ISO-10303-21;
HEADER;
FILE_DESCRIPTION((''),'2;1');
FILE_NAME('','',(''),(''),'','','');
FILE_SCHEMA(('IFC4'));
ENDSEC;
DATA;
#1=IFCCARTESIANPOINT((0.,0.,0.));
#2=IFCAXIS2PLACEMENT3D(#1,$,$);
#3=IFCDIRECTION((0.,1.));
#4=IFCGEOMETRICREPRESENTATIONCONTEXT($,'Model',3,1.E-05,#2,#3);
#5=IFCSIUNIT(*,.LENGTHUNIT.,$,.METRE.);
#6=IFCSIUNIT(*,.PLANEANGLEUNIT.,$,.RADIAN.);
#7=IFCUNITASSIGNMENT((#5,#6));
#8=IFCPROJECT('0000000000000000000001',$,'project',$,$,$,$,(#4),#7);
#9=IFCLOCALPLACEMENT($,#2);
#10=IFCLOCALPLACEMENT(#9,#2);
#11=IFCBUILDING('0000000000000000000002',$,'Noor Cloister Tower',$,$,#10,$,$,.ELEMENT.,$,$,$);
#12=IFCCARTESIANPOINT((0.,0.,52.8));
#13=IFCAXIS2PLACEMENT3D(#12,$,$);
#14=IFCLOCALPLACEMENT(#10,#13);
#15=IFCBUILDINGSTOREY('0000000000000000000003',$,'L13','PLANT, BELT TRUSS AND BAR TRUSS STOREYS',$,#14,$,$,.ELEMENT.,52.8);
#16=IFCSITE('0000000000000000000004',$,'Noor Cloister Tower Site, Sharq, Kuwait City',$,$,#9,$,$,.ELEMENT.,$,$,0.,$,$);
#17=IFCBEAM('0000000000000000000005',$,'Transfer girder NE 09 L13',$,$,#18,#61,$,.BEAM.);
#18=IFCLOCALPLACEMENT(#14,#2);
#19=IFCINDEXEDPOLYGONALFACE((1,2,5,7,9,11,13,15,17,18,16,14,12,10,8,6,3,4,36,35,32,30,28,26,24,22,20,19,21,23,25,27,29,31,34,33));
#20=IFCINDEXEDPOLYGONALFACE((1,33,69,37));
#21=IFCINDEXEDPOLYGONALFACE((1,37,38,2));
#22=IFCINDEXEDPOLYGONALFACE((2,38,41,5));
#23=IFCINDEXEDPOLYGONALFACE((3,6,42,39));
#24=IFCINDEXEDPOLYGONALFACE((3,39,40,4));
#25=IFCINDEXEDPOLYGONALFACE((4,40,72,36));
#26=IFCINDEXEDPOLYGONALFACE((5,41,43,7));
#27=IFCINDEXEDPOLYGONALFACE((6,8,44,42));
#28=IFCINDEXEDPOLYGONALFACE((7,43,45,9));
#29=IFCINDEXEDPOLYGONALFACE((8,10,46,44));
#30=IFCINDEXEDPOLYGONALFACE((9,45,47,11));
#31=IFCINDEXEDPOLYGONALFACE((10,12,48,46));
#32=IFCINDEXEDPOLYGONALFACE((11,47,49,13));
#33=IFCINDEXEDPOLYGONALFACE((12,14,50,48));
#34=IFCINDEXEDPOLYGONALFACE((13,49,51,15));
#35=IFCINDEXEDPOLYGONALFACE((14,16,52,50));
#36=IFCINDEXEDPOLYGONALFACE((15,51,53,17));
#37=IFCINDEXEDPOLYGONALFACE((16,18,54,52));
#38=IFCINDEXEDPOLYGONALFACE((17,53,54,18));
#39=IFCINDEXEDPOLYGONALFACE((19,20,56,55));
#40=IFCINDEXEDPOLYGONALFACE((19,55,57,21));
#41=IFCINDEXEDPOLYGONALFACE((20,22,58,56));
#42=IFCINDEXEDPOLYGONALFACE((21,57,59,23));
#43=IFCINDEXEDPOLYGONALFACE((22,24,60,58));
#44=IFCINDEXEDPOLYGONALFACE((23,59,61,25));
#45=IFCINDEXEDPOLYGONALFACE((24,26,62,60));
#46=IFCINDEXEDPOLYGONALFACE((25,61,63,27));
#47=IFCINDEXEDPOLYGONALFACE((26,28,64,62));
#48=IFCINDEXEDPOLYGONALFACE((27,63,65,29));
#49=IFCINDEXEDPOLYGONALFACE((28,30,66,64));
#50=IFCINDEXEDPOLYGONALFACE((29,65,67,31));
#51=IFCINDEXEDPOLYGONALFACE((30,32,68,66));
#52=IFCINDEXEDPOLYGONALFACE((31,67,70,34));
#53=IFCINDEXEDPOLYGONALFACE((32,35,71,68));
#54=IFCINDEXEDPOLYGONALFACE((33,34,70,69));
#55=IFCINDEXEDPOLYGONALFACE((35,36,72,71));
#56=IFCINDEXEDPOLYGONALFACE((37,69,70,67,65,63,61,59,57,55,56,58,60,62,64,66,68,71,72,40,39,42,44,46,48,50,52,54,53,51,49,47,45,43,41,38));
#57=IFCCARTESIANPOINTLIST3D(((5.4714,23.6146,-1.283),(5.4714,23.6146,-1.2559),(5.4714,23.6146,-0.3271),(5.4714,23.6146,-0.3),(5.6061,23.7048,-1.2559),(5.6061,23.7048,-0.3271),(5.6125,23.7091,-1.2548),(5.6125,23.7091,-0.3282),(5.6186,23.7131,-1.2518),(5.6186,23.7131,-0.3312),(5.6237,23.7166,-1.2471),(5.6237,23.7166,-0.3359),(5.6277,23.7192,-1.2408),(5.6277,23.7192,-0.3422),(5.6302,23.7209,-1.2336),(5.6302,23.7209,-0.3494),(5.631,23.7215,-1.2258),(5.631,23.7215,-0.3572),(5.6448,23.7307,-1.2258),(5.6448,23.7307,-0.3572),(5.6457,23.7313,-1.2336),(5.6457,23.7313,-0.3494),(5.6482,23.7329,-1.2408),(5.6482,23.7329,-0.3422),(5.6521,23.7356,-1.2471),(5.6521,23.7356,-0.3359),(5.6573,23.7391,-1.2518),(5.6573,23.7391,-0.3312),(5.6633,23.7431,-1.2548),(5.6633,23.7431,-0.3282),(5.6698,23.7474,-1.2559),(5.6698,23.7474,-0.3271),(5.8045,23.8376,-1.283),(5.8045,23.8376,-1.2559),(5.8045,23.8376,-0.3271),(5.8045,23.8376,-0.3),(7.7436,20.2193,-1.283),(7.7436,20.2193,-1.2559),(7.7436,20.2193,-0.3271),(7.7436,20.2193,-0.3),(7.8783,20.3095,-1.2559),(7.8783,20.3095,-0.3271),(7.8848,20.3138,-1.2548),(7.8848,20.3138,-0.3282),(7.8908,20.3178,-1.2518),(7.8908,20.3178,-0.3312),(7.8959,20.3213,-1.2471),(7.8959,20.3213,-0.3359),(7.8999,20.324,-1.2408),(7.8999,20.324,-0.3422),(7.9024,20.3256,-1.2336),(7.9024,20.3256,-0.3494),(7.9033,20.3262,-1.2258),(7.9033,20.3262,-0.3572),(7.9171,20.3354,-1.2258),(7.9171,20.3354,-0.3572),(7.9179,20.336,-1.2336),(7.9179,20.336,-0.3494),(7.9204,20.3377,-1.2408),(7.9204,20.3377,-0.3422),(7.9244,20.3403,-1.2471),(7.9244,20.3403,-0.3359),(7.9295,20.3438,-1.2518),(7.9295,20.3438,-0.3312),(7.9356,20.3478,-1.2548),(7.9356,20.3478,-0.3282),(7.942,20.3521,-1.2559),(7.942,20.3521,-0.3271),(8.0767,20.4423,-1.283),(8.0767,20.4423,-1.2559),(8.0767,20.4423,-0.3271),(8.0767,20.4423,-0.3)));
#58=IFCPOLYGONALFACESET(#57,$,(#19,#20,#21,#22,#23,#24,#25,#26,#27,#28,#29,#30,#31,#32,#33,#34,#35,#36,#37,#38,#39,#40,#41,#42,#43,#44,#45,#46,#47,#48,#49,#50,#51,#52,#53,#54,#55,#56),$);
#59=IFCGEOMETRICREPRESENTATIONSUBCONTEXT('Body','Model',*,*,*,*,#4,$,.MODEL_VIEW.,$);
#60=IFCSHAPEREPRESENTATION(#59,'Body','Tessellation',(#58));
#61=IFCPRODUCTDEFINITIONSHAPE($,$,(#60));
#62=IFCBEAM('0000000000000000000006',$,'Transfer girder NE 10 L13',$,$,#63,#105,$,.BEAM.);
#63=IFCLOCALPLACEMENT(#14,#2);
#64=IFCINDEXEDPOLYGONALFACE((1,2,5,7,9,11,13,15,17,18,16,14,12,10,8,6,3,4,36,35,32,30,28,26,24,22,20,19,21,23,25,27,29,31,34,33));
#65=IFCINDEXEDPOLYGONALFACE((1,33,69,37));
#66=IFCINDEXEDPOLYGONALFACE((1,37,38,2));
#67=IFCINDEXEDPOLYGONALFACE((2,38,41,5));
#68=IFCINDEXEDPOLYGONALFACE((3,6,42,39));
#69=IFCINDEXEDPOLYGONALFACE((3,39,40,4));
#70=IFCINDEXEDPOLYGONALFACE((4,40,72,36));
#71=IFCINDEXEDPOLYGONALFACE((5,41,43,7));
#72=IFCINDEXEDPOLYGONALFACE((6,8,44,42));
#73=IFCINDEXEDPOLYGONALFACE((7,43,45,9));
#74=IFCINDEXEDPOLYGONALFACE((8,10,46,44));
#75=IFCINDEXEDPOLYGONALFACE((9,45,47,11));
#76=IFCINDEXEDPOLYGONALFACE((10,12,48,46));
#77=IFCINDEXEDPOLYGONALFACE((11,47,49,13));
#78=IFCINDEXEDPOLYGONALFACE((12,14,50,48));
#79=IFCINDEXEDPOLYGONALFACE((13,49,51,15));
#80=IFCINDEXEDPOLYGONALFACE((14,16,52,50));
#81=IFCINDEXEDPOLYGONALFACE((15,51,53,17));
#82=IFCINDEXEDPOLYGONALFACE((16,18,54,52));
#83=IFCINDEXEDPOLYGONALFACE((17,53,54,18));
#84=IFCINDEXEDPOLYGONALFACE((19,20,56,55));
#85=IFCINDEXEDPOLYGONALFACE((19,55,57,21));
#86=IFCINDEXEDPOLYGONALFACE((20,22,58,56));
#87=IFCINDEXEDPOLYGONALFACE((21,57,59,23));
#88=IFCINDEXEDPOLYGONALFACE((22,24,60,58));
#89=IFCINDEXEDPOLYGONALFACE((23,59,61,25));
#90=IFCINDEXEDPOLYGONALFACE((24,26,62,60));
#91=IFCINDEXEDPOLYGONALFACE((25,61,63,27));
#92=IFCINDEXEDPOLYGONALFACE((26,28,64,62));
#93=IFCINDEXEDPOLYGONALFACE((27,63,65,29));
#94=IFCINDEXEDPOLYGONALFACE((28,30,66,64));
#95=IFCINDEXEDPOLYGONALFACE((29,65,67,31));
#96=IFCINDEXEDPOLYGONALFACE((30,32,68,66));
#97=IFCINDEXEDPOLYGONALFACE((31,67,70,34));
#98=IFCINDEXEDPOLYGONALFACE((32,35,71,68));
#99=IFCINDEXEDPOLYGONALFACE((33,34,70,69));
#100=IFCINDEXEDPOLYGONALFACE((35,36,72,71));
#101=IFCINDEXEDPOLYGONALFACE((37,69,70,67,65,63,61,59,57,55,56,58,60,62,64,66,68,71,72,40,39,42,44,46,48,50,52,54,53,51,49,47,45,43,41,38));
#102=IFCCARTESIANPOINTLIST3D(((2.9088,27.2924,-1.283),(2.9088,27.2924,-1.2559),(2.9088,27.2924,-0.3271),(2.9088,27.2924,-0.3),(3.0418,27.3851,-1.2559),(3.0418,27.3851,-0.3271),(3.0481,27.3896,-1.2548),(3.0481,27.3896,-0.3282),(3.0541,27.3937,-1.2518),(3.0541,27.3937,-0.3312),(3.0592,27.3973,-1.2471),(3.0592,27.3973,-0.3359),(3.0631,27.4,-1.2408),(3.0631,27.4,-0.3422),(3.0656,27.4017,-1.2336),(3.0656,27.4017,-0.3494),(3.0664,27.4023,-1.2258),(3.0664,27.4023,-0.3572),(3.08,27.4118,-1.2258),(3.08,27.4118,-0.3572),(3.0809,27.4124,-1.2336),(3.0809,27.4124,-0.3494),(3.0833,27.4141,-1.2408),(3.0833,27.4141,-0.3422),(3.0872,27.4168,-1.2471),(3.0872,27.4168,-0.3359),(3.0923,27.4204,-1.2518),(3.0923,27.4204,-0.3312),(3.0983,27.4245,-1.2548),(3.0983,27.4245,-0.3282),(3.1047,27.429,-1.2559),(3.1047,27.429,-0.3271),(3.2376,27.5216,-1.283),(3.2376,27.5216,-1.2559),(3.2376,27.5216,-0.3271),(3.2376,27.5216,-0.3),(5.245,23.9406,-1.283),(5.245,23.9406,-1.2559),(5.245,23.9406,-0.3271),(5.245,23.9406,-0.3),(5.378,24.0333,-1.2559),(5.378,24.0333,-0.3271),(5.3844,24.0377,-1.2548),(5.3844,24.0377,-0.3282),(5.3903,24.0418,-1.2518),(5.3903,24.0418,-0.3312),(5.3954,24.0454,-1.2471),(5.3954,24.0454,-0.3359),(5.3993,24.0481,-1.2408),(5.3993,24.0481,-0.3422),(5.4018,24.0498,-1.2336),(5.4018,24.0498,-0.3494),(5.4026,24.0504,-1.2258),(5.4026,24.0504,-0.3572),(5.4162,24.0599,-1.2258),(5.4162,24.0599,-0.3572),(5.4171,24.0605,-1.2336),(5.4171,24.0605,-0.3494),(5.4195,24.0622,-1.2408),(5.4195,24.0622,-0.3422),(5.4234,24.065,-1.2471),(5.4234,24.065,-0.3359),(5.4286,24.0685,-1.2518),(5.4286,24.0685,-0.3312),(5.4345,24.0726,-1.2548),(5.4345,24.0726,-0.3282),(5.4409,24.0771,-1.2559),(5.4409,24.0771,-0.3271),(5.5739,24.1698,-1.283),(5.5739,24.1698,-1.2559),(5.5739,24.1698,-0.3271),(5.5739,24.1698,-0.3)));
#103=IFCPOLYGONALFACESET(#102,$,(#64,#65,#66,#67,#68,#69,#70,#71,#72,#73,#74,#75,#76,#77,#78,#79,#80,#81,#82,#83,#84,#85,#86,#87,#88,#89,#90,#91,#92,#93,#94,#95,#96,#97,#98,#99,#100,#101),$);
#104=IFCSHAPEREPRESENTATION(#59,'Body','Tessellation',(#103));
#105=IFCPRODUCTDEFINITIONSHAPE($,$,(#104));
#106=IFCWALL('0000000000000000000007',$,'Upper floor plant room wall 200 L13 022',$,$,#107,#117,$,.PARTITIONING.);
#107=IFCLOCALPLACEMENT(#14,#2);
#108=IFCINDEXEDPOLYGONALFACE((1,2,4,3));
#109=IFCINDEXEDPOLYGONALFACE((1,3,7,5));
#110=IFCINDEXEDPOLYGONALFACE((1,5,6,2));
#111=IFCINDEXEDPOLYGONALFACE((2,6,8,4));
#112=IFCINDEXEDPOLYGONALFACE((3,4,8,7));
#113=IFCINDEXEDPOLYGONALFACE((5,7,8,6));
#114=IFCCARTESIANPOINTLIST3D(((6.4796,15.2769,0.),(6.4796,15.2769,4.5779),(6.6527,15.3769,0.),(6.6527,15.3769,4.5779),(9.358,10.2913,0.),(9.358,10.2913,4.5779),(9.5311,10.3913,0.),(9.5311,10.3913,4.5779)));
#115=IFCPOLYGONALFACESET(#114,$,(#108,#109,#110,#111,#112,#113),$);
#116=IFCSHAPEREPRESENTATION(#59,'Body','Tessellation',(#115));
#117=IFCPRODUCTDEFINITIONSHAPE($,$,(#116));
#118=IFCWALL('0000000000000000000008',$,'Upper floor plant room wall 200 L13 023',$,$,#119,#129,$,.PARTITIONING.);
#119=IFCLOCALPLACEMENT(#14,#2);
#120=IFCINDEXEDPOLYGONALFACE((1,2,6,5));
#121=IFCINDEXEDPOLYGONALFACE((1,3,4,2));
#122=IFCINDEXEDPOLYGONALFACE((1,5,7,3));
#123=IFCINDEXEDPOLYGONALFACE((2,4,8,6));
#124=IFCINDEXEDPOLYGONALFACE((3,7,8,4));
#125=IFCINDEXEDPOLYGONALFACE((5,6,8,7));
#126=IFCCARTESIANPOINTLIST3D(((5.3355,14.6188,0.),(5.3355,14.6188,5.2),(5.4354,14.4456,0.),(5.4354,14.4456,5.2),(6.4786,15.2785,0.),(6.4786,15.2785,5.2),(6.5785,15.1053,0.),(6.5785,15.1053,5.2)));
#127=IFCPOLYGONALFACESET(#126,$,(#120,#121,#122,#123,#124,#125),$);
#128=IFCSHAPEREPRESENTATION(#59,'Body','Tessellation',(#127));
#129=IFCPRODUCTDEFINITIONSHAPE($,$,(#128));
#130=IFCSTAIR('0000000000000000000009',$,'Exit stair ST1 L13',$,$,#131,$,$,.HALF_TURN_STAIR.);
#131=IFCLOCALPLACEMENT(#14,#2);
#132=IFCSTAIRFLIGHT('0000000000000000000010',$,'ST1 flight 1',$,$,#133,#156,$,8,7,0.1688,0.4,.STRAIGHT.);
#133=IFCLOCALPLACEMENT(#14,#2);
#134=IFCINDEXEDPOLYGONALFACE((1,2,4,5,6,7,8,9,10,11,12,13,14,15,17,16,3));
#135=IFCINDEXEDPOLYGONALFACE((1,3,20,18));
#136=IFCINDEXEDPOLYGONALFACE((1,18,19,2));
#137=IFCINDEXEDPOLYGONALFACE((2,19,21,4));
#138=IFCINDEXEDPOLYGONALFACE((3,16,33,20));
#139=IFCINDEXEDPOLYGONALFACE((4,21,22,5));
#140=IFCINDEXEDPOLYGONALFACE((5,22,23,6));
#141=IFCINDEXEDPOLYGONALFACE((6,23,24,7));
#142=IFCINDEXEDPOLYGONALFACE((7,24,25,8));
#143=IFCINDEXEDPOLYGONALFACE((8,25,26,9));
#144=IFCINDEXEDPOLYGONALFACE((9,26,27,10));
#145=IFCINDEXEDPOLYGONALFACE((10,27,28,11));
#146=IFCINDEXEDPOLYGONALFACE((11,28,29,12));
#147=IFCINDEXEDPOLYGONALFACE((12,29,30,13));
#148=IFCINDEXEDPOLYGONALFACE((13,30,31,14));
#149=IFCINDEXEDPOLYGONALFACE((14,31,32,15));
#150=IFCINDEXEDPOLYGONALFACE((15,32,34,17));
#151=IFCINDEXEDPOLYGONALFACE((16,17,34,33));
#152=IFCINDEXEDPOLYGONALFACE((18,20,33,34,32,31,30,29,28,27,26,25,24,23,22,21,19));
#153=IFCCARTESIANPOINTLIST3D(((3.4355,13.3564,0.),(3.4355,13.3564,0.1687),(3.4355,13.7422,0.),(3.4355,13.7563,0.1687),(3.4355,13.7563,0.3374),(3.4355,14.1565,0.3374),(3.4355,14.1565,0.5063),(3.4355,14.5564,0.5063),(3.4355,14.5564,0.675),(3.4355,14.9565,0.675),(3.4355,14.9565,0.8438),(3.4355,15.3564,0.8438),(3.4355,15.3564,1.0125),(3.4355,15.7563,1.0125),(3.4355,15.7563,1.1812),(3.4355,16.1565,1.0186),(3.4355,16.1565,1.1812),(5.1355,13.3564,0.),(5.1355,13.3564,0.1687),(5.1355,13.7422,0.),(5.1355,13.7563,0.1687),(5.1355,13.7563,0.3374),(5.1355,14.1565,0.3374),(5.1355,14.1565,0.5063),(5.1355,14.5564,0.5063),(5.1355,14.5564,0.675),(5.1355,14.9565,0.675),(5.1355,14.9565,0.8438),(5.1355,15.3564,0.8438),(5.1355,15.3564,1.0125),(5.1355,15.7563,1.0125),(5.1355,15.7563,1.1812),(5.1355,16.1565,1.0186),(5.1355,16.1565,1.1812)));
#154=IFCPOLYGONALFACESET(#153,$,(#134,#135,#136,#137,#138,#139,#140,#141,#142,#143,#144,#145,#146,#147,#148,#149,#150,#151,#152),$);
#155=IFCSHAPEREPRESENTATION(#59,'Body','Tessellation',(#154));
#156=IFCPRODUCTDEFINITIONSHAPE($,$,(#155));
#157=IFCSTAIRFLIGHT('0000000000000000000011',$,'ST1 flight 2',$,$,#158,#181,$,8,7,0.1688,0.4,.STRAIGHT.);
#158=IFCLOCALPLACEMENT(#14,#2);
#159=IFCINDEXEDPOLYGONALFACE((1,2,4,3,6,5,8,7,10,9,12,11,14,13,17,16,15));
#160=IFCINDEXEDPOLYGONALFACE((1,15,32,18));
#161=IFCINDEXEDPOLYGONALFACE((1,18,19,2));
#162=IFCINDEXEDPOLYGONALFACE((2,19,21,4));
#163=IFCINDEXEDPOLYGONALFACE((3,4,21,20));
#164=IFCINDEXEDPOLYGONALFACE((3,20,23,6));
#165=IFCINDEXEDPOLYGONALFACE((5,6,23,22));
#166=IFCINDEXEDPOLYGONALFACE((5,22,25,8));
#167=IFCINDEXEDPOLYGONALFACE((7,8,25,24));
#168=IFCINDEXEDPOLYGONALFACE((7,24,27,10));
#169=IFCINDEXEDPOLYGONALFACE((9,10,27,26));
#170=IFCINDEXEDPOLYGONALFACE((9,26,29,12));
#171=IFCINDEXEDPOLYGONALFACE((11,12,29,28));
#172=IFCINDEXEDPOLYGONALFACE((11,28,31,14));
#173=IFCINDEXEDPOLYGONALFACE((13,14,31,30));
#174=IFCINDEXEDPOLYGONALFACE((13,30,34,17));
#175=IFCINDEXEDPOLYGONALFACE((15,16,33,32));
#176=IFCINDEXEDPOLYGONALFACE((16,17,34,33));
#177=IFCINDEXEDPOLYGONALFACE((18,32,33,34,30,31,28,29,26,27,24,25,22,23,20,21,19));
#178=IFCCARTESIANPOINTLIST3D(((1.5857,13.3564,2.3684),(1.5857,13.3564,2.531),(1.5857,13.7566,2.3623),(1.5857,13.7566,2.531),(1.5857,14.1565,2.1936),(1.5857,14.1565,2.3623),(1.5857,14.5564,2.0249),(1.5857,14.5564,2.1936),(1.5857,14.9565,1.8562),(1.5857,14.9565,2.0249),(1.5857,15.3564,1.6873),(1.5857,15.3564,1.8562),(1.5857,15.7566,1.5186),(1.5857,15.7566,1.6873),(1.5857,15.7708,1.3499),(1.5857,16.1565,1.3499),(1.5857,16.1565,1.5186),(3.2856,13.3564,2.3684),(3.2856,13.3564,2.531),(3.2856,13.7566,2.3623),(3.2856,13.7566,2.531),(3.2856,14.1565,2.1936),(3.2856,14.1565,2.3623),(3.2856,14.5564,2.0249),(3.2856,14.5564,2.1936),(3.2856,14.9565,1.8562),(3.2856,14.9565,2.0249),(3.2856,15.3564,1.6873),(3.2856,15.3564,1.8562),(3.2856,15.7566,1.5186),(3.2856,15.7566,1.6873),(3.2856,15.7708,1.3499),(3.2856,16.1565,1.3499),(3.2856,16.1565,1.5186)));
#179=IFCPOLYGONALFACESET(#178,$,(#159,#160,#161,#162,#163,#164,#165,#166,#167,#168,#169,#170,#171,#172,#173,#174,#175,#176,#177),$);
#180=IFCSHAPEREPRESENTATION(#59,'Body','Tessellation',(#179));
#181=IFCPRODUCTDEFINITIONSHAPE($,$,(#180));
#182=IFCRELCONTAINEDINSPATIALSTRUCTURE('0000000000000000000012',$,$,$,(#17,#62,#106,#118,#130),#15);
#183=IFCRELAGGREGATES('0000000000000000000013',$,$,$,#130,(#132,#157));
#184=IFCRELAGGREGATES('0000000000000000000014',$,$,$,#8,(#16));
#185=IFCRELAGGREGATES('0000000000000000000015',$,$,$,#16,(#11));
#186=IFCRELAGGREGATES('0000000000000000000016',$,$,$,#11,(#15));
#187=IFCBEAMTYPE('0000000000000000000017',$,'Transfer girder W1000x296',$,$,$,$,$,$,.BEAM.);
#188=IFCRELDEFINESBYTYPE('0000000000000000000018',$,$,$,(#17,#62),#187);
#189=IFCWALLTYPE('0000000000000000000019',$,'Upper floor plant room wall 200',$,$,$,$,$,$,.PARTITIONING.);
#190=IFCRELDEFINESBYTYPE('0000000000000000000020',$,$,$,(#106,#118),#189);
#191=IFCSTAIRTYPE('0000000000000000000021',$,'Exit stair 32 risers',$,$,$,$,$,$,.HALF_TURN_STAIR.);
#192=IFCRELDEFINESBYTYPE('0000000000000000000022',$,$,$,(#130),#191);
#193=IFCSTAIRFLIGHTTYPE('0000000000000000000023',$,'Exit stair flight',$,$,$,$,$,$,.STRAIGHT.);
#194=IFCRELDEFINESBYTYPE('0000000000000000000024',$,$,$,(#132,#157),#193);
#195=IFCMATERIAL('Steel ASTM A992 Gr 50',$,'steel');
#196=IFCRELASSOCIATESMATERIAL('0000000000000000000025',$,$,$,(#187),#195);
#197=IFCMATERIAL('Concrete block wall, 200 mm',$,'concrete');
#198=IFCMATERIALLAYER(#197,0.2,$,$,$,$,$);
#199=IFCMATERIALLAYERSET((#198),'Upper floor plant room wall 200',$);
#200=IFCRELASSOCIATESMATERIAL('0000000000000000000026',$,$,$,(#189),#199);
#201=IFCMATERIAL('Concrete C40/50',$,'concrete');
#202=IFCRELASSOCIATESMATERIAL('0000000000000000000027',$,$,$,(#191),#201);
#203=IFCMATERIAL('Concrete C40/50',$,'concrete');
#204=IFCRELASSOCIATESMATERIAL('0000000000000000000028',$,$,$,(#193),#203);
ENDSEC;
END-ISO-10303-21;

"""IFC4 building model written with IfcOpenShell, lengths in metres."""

from ifc_helpers import new_model, si_unit, direction, frame, frame_2d, origin, origin_2d, place, context, subcontext, project, spatial, polyline, rectangle, i_section, outline, extrude, material, layer, layer_set, material_profile, profile_set, type_object, element, aggregate, save


model = new_model("IFC4")

# Units and contexts
model_context = context("Model", 3, precision=1e-05, world=origin(), true_north=direction((0.0, 1.0)))
body_context = subcontext(model_context, "Body", "Model", "MODEL_VIEW")
ifc_project = project(units=[si_unit("LENGTHUNIT", "METRE"), si_unit("PLANEANGLEUNIT", "RADIAN")], contexts=[model_context])

# Site, building, storey
site_placement = place(None, origin())
site = spatial("IfcSite", under=ifc_project, at=site_placement, Name="Noor Cloister Tower Site, Sharq, Kuwait City", CompositionType="ELEMENT", RefElevation=0.0)
building_placement = place(site_placement, origin())
building = spatial("IfcBuilding", under=site, at=building_placement, Name="Noor Cloister Tower", CompositionType="ELEMENT")
storey_placement = place(building_placement, frame((0.0, 0.0, 52.8)))
storey = spatial("IfcBuildingStorey", under=building, at=storey_placement, Name="L13", Description="PLANT, BELT TRUSS AND BAR TRUSS STOREYS", CompositionType="ELEMENT", Elevation=52.8)

# Beams
ifc_material_1 = material(Name="Steel ASTM A992 Gr 50", Category="steel")
ifc_material_profile_1 = material_profile(ifc_material_1, i_section(OverallWidth=0.4009, OverallDepth=0.9829, WebThickness=0.0166, FlangeThickness=0.0271, FilletRadius=0.03, at=origin_2d()), Name="W1000x296")
ifc_profile_set_1 = profile_set([ifc_material_profile_1], Name="Steel ASTM A992 Gr 50")
beam_type_1 = type_object("IfcBeamType", Name="Transfer girder W1000x296", PredefinedType="BEAM", material=ifc_profile_set_1)
beam_1_placement = place(storey_placement, frame((7.9102, 20.3308, -0.7915), z_axis=(-0.556175, 0.831065, 0.0), x_axis=(-0.831065, -0.556175, 0.0)))
element("IfcBeam", 1, at=beam_1_placement, inside=storey, type_object=beam_type_1, Name="Transfer girder NE 09 L13", PredefinedType="BEAM", context=body_context, shape_type="SweptSolid", body=[
    extrude(i_section(OverallWidth=0.4009, OverallDepth=0.9829, WebThickness=0.0166, FlangeThickness=0.0271, FilletRadius=0.03, at=origin_2d()), origin(), (0.0, 0.0, 1.0), 4.0854),
])
beam_2_placement = place(storey_placement, frame((5.4094, 24.0552, -0.7915), z_axis=(-0.571805, 0.82039, 0.0), x_axis=(-0.82039, -0.571805, 0.0)))
element("IfcBeam", 2, at=beam_2_placement, inside=storey, type_object=beam_type_1, Name="Transfer girder NE 10 L13", PredefinedType="BEAM", context=body_context, shape_type="SweptSolid", body=[
    extrude(i_section(OverallWidth=0.4009, OverallDepth=0.9829, WebThickness=0.0166, FlangeThickness=0.0271, FilletRadius=0.03, at=origin_2d()), origin(), (0.0, 0.0, 1.0), 4.0857),
])

# Walls
ifc_material_2 = material(Name="Concrete block wall, 200 mm", Category="concrete")
ifc_layer = layer(ifc_material_2, 0.2)
ifc_layer_set = layer_set([ifc_layer], Name="Upper floor plant room wall 200")
wall_type = type_object("IfcWallType", Name="Upper floor plant room wall 200", PredefinedType="PARTITIONING", material=ifc_layer_set)
wall_1_placement = place(storey_placement, frame((6.5662, 15.3269, 0.0), z_axis=(0.0, 0.0, 1.0), x_axis=(0.499998, -0.866027, 0.0)))
element("IfcWall", 3, at=wall_1_placement, inside=storey, type_object=wall_type, Name="Upper floor plant room wall 200 L13 022", PredefinedType="PARTITIONING", context=body_context, shape_type="SweptSolid", body=[
    extrude(rectangle(XDim=5.7568, YDim=0.2, at=frame_2d((2.8784, 0.0))), origin(), (0.0, 0.0, 1.0), 4.5779),
])
wall_2_placement = place(storey_placement, frame((6.5286, 15.1919, 0.0), z_axis=(0.0, 0.0, 1.0), x_axis=(-0.866118, -0.49984, 0.0)))
element("IfcWall", 4, at=wall_2_placement, inside=storey, type_object=wall_type, Name="Upper floor plant room wall 200 L13 023", PredefinedType="PARTITIONING", context=body_context, shape_type="SweptSolid", body=[
    extrude(rectangle(XDim=1.3198, YDim=0.2, at=frame_2d((0.6599, 0.0))), origin(), (0.0, 0.0, 1.0), 5.2),
])

# Stair, stair flights
ifc_material_3 = material(Name="Concrete C40/50", Category="concrete")
stair_type = type_object("IfcStairType", Name="Exit stair 32 risers", PredefinedType="HALF_TURN_STAIR", material=ifc_material_3)
stair_placement = place(storey_placement, origin())
stair = element("IfcStair", 5, at=stair_placement, inside=storey, type_object=stair_type, Name="Exit stair ST1 L13", PredefinedType="HALF_TURN_STAIR")
ifc_material_4 = material(Name="Concrete C40/50", Category="concrete")
stair_flight_type = type_object("IfcStairFlightType", Name="Exit stair flight", PredefinedType="STRAIGHT", material=ifc_material_4)
stair_flight_1_placement = place(storey_placement, frame((4.2856, 13.3564, 0.0), z_axis=(0.0, 0.0, 1.0), x_axis=(0.0, 1.0, 0.0)))
stair_flight_1 = element("IfcStairFlight", 6, at=stair_flight_1_placement, type_object=stair_flight_type, Name="ST1 flight 1", NumberOfRisers=8, NumberOfTreads=7, PredefinedType="STRAIGHT", RiserHeight=0.1688, TreadLength=0.4, context=body_context, shape_type="SweptSolid", body=[
    extrude(outline(polyline([(0.0, 0.0), (0.0, 0.1687), (0.3999, 0.1687), (0.3999, 0.3374), (0.8, 0.3374), (0.8, 0.5063), (1.2, 0.5063), (1.2, 0.675), (1.6001, 0.675), (1.6001, 0.8438), (2.0, 0.8438), (2.0, 1.0125), (2.3999, 1.0125), (2.3999, 1.1812), (2.8, 1.1812), (2.8, 1.3501), (2.8, 1.0186), (0.3857, 0.0), (0.0, 0.0)])), frame((0.0, 0.8501, 0.0), z_axis=(0.0, -1.0, 0.0), x_axis=(1.0, 0.0, 0.0)), (0.0, 0.0, 1.0), 1.7),
])
stair_flight_2_placement = place(storey_placement, frame((2.4355, 16.1565, 1.3499), z_axis=(0.0, 0.0, 1.0), x_axis=(0.0, -1.0, 0.0)))
stair_flight_2 = element("IfcStairFlight", 7, at=stair_flight_2_placement, type_object=stair_flight_type, Name="ST1 flight 2", NumberOfRisers=8, NumberOfTreads=7, PredefinedType="STRAIGHT", RiserHeight=0.1688, TreadLength=0.4, context=body_context, shape_type="SweptSolid", body=[
    extrude(outline(polyline([(0.0, 0.0), (0.0, 0.1687), (0.3999, 0.1687), (0.3999, 0.3374), (0.8, 0.3374), (0.8, 0.5063), (1.2, 0.5063), (1.2, 0.675), (1.6001, 0.675), (1.6001, 0.8438), (2.0, 0.8438), (2.0, 1.0125), (2.3999, 1.0125), (2.3999, 1.1812), (2.8, 1.1812), (2.8, 1.3501), (2.8, 1.0186), (0.3857, 0.0), (0.0, 0.0)])), frame((0.0, 0.8501, 0.0), z_axis=(0.0, -1.0, 0.0), x_axis=(1.0, 0.0, 0.0)), (0.0, 0.0, 1.0), 1.7),
])
aggregate(stair, [stair_flight_1, stair_flight_2])

save(model, "model.ifc")
